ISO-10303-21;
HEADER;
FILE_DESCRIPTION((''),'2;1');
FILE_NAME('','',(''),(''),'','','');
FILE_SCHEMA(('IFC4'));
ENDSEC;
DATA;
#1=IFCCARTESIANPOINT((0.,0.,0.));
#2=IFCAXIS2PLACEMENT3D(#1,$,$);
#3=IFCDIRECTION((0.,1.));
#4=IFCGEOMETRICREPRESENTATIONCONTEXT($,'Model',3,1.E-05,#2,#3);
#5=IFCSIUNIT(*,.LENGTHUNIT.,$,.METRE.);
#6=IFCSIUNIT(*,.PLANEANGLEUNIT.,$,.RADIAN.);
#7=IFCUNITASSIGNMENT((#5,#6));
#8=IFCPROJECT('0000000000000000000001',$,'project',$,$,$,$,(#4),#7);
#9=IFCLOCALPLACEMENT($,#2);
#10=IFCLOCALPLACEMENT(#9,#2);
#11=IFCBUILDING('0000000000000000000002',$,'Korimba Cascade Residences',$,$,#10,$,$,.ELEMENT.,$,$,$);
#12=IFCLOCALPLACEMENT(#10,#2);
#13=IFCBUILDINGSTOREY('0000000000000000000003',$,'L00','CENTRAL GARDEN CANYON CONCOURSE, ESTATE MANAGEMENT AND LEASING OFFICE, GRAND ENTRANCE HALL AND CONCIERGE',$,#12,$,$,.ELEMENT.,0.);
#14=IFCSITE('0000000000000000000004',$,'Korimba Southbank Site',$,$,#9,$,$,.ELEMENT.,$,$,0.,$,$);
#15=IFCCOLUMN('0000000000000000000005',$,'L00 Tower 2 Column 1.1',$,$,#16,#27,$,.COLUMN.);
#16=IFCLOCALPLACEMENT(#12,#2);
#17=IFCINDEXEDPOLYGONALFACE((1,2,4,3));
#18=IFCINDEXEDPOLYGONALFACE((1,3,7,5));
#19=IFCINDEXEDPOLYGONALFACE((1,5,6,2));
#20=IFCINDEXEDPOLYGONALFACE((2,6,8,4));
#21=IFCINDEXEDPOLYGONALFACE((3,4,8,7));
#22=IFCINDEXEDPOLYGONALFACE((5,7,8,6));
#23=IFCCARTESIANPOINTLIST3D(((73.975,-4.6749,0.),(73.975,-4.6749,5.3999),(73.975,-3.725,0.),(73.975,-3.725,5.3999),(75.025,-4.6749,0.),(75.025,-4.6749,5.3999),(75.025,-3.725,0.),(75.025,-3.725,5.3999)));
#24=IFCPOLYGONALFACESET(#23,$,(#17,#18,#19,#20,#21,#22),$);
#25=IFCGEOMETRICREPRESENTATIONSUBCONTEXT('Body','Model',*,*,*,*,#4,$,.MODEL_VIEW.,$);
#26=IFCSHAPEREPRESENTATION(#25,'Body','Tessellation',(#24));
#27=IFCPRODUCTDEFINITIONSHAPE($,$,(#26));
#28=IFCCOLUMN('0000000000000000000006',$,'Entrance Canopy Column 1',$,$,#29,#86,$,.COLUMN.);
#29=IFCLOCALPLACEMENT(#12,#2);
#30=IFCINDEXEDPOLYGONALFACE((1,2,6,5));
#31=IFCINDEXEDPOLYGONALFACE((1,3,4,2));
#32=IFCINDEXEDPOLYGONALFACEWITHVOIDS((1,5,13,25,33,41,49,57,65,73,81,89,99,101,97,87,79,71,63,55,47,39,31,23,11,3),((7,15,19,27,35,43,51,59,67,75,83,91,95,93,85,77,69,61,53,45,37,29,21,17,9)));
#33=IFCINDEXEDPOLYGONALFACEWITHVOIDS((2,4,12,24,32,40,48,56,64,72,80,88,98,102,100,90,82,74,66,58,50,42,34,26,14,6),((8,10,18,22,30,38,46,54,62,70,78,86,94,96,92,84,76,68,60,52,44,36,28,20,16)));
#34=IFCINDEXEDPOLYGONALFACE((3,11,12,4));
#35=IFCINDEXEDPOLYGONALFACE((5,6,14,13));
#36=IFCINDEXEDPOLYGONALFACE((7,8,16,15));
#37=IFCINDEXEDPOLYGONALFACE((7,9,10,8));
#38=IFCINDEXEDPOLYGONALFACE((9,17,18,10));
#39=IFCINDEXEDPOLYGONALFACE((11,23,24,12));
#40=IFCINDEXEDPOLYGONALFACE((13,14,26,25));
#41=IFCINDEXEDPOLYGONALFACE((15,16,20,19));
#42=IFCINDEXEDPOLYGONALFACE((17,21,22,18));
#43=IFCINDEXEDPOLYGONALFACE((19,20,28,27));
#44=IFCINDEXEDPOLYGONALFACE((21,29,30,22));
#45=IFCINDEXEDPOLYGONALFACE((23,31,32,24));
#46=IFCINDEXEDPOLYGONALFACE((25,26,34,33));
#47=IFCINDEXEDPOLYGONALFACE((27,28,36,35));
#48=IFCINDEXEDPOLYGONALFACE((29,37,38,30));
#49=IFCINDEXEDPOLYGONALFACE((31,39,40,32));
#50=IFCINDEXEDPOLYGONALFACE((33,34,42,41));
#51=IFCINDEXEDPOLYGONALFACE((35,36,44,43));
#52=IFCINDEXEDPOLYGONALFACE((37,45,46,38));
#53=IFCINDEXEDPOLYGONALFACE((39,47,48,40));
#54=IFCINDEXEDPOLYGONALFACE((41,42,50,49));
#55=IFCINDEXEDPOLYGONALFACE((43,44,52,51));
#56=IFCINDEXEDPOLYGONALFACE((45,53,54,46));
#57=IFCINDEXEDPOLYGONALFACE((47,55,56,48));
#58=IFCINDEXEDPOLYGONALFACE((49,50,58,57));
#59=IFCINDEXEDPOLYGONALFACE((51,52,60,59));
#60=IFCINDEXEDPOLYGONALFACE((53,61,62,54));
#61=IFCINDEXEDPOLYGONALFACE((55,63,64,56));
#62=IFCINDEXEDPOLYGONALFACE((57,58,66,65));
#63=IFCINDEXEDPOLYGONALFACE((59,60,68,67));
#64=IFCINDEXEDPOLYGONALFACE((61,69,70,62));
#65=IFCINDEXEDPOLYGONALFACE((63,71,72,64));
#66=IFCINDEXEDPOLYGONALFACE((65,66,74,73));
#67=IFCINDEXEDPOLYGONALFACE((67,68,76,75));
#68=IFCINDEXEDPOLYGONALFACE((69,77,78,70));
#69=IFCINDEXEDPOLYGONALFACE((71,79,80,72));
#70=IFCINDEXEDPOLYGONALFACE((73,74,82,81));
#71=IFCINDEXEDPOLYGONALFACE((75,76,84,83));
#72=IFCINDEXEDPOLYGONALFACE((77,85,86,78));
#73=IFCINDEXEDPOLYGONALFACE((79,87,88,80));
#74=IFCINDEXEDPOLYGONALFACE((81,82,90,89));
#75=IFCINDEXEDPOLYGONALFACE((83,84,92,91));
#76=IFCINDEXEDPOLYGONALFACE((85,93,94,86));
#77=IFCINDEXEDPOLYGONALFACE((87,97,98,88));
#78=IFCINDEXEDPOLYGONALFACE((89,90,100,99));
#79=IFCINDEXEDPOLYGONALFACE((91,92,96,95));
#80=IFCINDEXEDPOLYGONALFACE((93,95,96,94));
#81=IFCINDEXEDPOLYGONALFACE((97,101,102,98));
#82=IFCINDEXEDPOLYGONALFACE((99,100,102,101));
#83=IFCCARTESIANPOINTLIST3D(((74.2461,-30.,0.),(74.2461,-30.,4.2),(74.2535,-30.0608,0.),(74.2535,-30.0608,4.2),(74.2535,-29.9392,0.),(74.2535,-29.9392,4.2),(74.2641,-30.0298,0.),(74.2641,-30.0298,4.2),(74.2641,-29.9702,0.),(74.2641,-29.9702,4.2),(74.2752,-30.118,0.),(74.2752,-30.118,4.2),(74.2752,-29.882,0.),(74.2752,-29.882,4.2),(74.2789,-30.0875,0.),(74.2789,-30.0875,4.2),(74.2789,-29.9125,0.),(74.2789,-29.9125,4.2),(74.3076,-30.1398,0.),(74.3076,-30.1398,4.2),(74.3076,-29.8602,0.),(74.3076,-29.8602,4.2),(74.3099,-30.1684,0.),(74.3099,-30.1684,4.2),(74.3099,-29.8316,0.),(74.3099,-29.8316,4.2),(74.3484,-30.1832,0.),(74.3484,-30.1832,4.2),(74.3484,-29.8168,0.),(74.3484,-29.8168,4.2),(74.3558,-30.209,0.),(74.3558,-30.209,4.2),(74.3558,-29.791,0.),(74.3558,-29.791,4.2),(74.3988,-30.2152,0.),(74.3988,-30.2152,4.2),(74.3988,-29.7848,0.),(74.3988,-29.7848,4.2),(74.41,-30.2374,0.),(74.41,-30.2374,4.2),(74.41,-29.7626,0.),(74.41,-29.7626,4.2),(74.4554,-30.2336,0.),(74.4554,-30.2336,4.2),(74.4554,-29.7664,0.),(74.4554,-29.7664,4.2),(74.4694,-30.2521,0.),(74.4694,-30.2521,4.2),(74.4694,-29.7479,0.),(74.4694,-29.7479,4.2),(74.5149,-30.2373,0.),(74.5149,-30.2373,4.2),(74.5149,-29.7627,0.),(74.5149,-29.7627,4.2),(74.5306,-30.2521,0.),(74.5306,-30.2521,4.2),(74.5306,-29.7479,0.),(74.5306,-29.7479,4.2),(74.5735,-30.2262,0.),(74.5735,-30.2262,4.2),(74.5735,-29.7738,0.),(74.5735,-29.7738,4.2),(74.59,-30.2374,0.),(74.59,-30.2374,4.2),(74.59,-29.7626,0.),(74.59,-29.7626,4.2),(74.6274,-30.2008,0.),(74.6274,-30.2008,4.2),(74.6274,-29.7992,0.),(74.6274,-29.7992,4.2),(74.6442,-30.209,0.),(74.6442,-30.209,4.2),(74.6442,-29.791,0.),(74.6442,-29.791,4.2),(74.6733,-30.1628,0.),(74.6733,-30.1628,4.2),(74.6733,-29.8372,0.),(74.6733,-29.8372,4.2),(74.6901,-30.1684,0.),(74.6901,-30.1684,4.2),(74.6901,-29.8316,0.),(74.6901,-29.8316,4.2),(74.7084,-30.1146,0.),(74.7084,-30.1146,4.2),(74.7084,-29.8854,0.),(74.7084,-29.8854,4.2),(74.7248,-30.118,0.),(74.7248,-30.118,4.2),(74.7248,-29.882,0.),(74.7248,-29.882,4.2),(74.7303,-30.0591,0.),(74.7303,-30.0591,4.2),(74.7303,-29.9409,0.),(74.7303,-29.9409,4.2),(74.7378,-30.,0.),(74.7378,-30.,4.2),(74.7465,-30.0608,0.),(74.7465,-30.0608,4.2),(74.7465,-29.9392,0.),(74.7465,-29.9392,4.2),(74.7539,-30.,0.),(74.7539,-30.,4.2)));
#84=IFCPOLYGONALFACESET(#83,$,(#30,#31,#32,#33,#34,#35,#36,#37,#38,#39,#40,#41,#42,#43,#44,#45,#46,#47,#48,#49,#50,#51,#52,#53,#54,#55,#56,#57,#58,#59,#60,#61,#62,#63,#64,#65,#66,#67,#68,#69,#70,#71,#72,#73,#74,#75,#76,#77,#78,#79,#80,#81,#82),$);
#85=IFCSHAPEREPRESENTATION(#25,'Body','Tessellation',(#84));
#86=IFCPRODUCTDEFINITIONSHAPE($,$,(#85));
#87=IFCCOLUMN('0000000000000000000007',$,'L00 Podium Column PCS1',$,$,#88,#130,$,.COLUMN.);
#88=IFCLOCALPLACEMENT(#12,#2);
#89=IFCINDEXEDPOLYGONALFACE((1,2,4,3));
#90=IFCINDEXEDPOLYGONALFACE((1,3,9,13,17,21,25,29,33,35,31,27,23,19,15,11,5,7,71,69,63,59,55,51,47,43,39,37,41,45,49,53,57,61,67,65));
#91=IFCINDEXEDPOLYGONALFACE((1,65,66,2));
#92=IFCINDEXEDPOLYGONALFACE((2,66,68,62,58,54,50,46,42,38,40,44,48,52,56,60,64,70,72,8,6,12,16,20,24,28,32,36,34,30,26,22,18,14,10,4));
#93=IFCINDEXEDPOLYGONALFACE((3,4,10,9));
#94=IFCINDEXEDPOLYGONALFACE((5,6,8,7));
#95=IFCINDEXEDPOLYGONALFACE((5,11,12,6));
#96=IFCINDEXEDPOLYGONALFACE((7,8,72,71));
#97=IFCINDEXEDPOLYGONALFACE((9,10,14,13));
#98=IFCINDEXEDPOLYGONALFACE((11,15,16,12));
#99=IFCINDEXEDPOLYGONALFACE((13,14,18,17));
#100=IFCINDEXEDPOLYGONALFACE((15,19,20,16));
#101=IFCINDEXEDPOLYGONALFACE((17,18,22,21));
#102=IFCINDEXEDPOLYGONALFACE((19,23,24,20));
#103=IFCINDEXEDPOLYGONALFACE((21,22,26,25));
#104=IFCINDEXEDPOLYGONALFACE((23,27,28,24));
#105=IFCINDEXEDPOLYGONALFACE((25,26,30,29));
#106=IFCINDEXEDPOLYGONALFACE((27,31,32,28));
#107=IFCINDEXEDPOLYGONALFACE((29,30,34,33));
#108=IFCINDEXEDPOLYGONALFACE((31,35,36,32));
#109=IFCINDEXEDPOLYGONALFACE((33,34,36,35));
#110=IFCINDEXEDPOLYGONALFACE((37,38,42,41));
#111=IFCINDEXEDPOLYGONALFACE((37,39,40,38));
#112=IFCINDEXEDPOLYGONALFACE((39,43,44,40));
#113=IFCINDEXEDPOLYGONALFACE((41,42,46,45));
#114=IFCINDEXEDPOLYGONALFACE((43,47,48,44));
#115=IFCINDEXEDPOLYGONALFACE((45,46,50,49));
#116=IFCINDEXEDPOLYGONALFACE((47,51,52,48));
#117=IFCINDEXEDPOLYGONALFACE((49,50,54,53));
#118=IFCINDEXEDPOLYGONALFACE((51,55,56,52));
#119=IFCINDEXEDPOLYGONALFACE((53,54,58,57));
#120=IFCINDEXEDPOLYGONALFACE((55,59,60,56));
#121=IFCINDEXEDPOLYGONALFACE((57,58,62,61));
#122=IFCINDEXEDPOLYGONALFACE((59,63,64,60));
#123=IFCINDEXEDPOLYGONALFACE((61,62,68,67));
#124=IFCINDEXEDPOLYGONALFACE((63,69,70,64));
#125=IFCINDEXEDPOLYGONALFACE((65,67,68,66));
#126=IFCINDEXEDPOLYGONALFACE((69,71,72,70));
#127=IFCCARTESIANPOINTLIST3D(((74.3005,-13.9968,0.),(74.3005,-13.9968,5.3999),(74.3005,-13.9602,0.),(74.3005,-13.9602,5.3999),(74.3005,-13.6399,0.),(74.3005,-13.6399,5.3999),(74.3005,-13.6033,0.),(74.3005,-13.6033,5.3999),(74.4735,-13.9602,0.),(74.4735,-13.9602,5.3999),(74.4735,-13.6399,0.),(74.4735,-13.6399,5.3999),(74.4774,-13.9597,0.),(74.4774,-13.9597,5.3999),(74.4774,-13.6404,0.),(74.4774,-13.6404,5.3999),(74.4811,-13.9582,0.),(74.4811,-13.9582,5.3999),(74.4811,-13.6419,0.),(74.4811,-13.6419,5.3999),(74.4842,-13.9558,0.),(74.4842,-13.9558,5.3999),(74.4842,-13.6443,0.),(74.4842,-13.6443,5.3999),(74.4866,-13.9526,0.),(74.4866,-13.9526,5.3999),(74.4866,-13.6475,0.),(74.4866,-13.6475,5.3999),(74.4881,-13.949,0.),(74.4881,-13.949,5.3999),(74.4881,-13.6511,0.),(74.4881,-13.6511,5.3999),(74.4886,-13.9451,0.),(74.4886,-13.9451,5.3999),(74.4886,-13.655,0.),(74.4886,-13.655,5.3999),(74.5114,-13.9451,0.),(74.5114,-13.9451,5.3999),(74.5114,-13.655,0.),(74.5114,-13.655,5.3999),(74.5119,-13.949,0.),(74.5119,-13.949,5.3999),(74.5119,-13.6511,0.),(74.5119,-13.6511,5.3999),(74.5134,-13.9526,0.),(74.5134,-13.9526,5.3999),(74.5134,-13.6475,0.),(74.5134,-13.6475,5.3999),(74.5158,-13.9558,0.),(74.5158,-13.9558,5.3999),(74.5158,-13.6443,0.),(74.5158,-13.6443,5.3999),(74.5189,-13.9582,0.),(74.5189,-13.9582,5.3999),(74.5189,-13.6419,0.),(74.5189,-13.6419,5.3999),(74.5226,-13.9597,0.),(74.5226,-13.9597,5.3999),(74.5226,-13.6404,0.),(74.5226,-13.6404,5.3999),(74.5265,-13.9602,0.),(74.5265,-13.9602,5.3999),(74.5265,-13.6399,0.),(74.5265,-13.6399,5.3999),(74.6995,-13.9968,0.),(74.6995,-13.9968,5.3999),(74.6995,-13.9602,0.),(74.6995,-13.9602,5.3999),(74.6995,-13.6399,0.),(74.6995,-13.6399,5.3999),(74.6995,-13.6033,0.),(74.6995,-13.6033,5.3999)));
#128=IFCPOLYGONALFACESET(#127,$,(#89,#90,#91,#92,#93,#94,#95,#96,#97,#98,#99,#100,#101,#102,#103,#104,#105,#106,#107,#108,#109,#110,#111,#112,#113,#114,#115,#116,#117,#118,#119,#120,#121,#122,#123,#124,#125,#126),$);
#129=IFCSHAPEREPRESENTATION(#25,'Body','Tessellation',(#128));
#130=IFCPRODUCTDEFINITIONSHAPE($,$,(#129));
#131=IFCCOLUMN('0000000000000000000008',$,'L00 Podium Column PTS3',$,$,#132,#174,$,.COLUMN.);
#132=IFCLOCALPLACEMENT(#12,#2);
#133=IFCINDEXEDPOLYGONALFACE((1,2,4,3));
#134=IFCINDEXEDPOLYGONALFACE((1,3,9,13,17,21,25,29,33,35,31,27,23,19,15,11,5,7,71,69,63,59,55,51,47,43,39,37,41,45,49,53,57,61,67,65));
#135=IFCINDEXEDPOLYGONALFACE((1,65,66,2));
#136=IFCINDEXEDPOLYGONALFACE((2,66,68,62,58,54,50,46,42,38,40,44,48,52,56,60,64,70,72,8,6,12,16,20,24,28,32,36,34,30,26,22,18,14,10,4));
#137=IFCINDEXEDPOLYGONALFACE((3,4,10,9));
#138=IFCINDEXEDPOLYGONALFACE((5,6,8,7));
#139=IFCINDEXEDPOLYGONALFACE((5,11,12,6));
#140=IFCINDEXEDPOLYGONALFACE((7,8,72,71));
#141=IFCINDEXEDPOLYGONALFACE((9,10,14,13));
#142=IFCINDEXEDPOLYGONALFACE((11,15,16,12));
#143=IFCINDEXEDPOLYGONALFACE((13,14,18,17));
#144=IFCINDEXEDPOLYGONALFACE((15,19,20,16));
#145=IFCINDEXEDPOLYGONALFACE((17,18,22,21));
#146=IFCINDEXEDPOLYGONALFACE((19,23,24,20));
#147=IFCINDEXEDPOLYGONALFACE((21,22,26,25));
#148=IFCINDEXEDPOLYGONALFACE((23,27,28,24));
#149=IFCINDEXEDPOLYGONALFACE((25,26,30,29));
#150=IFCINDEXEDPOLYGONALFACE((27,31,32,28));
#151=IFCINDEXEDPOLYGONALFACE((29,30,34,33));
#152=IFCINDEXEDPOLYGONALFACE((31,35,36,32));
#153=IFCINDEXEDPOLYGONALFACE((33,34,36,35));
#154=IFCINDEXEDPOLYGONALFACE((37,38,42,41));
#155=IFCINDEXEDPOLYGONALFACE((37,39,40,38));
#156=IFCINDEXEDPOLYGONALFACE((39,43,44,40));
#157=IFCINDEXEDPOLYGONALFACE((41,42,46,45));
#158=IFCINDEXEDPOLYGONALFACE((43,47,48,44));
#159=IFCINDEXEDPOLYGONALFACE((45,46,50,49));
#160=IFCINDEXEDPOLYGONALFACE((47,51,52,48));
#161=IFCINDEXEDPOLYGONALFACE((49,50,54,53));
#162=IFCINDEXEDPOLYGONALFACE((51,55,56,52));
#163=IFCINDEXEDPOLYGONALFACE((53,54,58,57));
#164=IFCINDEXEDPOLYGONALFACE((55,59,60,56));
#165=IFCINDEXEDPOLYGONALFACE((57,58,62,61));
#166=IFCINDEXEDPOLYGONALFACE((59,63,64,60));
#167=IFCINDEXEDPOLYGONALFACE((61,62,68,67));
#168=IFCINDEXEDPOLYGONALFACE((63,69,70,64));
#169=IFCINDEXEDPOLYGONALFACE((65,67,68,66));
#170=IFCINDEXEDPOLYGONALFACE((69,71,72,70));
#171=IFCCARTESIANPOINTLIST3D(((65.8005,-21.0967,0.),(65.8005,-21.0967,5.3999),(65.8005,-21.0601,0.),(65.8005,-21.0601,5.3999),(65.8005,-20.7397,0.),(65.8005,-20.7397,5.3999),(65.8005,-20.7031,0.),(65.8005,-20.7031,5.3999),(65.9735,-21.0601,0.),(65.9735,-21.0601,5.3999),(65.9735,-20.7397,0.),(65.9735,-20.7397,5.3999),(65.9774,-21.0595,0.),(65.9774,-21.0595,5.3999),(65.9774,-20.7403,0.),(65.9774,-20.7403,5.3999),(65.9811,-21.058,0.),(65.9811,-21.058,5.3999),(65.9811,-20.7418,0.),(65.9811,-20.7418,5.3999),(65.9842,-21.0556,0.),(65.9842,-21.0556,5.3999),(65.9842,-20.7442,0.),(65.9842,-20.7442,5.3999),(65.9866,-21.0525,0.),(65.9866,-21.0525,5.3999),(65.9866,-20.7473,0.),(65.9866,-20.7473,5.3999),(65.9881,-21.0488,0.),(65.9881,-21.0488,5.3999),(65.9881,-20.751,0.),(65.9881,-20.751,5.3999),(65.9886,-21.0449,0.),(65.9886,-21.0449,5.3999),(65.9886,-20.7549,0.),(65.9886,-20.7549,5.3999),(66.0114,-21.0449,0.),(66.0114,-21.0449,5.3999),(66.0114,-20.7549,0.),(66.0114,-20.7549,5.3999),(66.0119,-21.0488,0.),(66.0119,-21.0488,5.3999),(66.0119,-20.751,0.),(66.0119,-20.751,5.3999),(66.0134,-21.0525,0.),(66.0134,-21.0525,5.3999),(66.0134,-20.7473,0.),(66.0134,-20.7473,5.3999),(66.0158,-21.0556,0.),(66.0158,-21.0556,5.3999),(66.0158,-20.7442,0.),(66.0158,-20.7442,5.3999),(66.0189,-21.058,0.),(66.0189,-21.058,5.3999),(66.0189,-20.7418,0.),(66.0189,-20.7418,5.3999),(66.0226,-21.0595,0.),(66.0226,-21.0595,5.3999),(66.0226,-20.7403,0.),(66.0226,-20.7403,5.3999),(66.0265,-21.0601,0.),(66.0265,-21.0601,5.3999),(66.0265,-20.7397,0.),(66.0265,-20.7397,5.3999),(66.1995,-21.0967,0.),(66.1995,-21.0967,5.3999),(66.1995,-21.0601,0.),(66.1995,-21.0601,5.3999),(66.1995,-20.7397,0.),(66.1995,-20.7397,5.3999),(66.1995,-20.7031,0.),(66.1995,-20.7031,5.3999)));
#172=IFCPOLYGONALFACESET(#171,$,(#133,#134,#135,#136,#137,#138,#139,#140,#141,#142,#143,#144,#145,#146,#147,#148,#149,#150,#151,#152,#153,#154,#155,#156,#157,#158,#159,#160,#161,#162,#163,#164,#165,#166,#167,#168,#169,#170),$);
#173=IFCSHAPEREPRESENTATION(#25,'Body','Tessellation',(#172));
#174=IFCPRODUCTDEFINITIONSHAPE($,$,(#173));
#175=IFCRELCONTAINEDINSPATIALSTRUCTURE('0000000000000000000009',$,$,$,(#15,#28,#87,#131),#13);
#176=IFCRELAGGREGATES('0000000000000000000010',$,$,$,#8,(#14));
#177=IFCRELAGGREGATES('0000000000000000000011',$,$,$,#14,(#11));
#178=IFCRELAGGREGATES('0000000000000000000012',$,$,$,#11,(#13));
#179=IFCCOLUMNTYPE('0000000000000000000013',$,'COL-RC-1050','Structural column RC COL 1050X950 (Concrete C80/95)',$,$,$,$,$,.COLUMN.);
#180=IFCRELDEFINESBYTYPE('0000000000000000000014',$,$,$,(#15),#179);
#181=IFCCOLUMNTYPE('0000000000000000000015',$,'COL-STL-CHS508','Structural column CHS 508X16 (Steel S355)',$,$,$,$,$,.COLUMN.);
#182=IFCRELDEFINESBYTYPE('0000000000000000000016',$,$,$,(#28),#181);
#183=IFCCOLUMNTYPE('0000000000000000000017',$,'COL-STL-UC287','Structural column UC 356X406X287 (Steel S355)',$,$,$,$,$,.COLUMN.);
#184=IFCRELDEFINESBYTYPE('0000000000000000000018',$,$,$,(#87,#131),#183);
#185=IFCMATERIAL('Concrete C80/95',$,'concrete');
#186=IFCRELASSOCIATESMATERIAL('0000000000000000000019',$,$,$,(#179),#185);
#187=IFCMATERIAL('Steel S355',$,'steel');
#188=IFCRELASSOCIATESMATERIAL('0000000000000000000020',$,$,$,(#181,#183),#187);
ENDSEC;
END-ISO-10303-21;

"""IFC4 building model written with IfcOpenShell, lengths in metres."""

from ifc_helpers import new_model, si_unit, direction, frame, origin, origin_2d, place, context, subcontext, project, spatial, rectangle, hollow_circle, i_section, extrude, material, material_profile, profile_set, type_object, element, save


model = new_model("IFC4")

# Units and contexts
model_context = context("Model", 3, precision=1e-05, world=origin(), true_north=direction((0.0, 1.0)))
body_context = subcontext(model_context, "Body", "Model", "MODEL_VIEW")
ifc_project = project(units=[si_unit("LENGTHUNIT", "METRE"), si_unit("PLANEANGLEUNIT", "RADIAN")], contexts=[model_context])

# Site, building, storey
site_placement = place(None, origin())
site = spatial("IfcSite", under=ifc_project, at=site_placement, Name="Korimba Southbank Site", CompositionType="ELEMENT", RefElevation=0.0)
building_placement = place(site_placement, origin())
building = spatial("IfcBuilding", under=site, at=building_placement, Name="Korimba Cascade Residences", CompositionType="ELEMENT")
storey_placement = place(building_placement, origin())
storey = spatial("IfcBuildingStorey", under=building, at=storey_placement, Name="L00", Description="CENTRAL GARDEN CANYON CONCOURSE, ESTATE MANAGEMENT AND LEASING OFFICE, GRAND ENTRANCE HALL AND CONCIERGE", CompositionType="ELEMENT", Elevation=0.0)

# Columns
ifc_material_1 = material(Name="Concrete C80/95", Category="concrete")
ifc_material_profile_1 = material_profile(ifc_material_1, rectangle(XDim=1.05, YDim=0.95, at=origin_2d()), Name="Concrete C80/95")
ifc_profile_set_1 = profile_set([ifc_material_profile_1], Name="Concrete C80/95")
column_type_1 = type_object("IfcColumnType", Name="COL-RC-1050", Description="Structural column RC COL 1050X950 (Concrete C80/95)", PredefinedType="COLUMN", material=ifc_profile_set_1)
column_1_placement = place(storey_placement, frame((74.5, -4.2, 0.0), z_axis=(0.0, 0.0, 1.0), x_axis=(1.0, 0.0, 0.0)))
element("IfcColumn", 1, at=column_1_placement, inside=storey, type_object=column_type_1, Name="L00 Tower 2 Column 1.1", PredefinedType="COLUMN", context=body_context, shape_type="SweptSolid", body=[
    extrude(rectangle(XDim=1.05, YDim=0.95, at=origin_2d()), origin(), (0.0, 0.0, 1.0), 5.3999),
])
ifc_material_2 = material(Name="Steel S355", Category="steel")
ifc_material_profile_2 = material_profile(ifc_material_2, hollow_circle(Radius=0.2539, WallThickness=0.0161, at=origin_2d()), Name="Steel S355")
ifc_profile_set_2 = profile_set([ifc_material_profile_2], Name="Steel S355")
column_type_2 = type_object("IfcColumnType", Name="COL-STL-CHS508", Description="Structural column CHS 508X16 (Steel S355)", PredefinedType="COLUMN", material=ifc_profile_set_2)
column_2_placement = place(storey_placement, frame((74.5, -30.0, 0.0), z_axis=(0.0, 0.0, 1.0), x_axis=(1.0, 0.0, 0.0)))
element("IfcColumn", 2, at=column_2_placement, inside=storey, type_object=column_type_2, Name="Entrance Canopy Column 1", PredefinedType="COLUMN", context=body_context, shape_type="SweptSolid", body=[
    extrude(hollow_circle(Radius=0.2539, WallThickness=0.0161, at=origin_2d()), origin(), (0.0, 0.0, 1.0), 4.2),
])
ifc_material_profile_3 = material_profile(ifc_material_2, i_section(OverallWidth=0.3989, OverallDepth=0.3936, WebThickness=0.0227, FlangeThickness=0.0366, FilletRadius=0.0151, at=origin_2d()), Name="Steel S355")
ifc_profile_set_3 = profile_set([ifc_material_profile_3], Name="Steel S355")
column_type_3 = type_object("IfcColumnType", Name="COL-STL-UC287", Description="Structural column UC 356X406X287 (Steel S355)", PredefinedType="COLUMN", material=ifc_profile_set_3)
for number, where, z_axis, x_axis, name in (
    (3, (74.5, -13.8, 0.0), (0.0, 0.0, 1.0), (1.0, 0.0, 0.0), "L00 Podium Column PCS1"),
    (4, (66.0, -20.8999, 0.0), (0.0, 0.0, 1.0), (1.0, 0.0, 0.0), "L00 Podium Column PTS3"),
):
    element("IfcColumn", number, at=place(storey_placement, frame(where, z_axis=z_axis, x_axis=x_axis)), inside=storey, type_object=column_type_3, Name=name, PredefinedType="COLUMN", context=body_context, shape_type="SweptSolid", body=[
        extrude(i_section(OverallWidth=0.3989, OverallDepth=0.3936, WebThickness=0.0227, FlangeThickness=0.0366, FilletRadius=0.0151, at=origin_2d()), origin(), (0.0, 0.0, 1.0), 5.3999),
    ])

save(model, "model.ifc")
